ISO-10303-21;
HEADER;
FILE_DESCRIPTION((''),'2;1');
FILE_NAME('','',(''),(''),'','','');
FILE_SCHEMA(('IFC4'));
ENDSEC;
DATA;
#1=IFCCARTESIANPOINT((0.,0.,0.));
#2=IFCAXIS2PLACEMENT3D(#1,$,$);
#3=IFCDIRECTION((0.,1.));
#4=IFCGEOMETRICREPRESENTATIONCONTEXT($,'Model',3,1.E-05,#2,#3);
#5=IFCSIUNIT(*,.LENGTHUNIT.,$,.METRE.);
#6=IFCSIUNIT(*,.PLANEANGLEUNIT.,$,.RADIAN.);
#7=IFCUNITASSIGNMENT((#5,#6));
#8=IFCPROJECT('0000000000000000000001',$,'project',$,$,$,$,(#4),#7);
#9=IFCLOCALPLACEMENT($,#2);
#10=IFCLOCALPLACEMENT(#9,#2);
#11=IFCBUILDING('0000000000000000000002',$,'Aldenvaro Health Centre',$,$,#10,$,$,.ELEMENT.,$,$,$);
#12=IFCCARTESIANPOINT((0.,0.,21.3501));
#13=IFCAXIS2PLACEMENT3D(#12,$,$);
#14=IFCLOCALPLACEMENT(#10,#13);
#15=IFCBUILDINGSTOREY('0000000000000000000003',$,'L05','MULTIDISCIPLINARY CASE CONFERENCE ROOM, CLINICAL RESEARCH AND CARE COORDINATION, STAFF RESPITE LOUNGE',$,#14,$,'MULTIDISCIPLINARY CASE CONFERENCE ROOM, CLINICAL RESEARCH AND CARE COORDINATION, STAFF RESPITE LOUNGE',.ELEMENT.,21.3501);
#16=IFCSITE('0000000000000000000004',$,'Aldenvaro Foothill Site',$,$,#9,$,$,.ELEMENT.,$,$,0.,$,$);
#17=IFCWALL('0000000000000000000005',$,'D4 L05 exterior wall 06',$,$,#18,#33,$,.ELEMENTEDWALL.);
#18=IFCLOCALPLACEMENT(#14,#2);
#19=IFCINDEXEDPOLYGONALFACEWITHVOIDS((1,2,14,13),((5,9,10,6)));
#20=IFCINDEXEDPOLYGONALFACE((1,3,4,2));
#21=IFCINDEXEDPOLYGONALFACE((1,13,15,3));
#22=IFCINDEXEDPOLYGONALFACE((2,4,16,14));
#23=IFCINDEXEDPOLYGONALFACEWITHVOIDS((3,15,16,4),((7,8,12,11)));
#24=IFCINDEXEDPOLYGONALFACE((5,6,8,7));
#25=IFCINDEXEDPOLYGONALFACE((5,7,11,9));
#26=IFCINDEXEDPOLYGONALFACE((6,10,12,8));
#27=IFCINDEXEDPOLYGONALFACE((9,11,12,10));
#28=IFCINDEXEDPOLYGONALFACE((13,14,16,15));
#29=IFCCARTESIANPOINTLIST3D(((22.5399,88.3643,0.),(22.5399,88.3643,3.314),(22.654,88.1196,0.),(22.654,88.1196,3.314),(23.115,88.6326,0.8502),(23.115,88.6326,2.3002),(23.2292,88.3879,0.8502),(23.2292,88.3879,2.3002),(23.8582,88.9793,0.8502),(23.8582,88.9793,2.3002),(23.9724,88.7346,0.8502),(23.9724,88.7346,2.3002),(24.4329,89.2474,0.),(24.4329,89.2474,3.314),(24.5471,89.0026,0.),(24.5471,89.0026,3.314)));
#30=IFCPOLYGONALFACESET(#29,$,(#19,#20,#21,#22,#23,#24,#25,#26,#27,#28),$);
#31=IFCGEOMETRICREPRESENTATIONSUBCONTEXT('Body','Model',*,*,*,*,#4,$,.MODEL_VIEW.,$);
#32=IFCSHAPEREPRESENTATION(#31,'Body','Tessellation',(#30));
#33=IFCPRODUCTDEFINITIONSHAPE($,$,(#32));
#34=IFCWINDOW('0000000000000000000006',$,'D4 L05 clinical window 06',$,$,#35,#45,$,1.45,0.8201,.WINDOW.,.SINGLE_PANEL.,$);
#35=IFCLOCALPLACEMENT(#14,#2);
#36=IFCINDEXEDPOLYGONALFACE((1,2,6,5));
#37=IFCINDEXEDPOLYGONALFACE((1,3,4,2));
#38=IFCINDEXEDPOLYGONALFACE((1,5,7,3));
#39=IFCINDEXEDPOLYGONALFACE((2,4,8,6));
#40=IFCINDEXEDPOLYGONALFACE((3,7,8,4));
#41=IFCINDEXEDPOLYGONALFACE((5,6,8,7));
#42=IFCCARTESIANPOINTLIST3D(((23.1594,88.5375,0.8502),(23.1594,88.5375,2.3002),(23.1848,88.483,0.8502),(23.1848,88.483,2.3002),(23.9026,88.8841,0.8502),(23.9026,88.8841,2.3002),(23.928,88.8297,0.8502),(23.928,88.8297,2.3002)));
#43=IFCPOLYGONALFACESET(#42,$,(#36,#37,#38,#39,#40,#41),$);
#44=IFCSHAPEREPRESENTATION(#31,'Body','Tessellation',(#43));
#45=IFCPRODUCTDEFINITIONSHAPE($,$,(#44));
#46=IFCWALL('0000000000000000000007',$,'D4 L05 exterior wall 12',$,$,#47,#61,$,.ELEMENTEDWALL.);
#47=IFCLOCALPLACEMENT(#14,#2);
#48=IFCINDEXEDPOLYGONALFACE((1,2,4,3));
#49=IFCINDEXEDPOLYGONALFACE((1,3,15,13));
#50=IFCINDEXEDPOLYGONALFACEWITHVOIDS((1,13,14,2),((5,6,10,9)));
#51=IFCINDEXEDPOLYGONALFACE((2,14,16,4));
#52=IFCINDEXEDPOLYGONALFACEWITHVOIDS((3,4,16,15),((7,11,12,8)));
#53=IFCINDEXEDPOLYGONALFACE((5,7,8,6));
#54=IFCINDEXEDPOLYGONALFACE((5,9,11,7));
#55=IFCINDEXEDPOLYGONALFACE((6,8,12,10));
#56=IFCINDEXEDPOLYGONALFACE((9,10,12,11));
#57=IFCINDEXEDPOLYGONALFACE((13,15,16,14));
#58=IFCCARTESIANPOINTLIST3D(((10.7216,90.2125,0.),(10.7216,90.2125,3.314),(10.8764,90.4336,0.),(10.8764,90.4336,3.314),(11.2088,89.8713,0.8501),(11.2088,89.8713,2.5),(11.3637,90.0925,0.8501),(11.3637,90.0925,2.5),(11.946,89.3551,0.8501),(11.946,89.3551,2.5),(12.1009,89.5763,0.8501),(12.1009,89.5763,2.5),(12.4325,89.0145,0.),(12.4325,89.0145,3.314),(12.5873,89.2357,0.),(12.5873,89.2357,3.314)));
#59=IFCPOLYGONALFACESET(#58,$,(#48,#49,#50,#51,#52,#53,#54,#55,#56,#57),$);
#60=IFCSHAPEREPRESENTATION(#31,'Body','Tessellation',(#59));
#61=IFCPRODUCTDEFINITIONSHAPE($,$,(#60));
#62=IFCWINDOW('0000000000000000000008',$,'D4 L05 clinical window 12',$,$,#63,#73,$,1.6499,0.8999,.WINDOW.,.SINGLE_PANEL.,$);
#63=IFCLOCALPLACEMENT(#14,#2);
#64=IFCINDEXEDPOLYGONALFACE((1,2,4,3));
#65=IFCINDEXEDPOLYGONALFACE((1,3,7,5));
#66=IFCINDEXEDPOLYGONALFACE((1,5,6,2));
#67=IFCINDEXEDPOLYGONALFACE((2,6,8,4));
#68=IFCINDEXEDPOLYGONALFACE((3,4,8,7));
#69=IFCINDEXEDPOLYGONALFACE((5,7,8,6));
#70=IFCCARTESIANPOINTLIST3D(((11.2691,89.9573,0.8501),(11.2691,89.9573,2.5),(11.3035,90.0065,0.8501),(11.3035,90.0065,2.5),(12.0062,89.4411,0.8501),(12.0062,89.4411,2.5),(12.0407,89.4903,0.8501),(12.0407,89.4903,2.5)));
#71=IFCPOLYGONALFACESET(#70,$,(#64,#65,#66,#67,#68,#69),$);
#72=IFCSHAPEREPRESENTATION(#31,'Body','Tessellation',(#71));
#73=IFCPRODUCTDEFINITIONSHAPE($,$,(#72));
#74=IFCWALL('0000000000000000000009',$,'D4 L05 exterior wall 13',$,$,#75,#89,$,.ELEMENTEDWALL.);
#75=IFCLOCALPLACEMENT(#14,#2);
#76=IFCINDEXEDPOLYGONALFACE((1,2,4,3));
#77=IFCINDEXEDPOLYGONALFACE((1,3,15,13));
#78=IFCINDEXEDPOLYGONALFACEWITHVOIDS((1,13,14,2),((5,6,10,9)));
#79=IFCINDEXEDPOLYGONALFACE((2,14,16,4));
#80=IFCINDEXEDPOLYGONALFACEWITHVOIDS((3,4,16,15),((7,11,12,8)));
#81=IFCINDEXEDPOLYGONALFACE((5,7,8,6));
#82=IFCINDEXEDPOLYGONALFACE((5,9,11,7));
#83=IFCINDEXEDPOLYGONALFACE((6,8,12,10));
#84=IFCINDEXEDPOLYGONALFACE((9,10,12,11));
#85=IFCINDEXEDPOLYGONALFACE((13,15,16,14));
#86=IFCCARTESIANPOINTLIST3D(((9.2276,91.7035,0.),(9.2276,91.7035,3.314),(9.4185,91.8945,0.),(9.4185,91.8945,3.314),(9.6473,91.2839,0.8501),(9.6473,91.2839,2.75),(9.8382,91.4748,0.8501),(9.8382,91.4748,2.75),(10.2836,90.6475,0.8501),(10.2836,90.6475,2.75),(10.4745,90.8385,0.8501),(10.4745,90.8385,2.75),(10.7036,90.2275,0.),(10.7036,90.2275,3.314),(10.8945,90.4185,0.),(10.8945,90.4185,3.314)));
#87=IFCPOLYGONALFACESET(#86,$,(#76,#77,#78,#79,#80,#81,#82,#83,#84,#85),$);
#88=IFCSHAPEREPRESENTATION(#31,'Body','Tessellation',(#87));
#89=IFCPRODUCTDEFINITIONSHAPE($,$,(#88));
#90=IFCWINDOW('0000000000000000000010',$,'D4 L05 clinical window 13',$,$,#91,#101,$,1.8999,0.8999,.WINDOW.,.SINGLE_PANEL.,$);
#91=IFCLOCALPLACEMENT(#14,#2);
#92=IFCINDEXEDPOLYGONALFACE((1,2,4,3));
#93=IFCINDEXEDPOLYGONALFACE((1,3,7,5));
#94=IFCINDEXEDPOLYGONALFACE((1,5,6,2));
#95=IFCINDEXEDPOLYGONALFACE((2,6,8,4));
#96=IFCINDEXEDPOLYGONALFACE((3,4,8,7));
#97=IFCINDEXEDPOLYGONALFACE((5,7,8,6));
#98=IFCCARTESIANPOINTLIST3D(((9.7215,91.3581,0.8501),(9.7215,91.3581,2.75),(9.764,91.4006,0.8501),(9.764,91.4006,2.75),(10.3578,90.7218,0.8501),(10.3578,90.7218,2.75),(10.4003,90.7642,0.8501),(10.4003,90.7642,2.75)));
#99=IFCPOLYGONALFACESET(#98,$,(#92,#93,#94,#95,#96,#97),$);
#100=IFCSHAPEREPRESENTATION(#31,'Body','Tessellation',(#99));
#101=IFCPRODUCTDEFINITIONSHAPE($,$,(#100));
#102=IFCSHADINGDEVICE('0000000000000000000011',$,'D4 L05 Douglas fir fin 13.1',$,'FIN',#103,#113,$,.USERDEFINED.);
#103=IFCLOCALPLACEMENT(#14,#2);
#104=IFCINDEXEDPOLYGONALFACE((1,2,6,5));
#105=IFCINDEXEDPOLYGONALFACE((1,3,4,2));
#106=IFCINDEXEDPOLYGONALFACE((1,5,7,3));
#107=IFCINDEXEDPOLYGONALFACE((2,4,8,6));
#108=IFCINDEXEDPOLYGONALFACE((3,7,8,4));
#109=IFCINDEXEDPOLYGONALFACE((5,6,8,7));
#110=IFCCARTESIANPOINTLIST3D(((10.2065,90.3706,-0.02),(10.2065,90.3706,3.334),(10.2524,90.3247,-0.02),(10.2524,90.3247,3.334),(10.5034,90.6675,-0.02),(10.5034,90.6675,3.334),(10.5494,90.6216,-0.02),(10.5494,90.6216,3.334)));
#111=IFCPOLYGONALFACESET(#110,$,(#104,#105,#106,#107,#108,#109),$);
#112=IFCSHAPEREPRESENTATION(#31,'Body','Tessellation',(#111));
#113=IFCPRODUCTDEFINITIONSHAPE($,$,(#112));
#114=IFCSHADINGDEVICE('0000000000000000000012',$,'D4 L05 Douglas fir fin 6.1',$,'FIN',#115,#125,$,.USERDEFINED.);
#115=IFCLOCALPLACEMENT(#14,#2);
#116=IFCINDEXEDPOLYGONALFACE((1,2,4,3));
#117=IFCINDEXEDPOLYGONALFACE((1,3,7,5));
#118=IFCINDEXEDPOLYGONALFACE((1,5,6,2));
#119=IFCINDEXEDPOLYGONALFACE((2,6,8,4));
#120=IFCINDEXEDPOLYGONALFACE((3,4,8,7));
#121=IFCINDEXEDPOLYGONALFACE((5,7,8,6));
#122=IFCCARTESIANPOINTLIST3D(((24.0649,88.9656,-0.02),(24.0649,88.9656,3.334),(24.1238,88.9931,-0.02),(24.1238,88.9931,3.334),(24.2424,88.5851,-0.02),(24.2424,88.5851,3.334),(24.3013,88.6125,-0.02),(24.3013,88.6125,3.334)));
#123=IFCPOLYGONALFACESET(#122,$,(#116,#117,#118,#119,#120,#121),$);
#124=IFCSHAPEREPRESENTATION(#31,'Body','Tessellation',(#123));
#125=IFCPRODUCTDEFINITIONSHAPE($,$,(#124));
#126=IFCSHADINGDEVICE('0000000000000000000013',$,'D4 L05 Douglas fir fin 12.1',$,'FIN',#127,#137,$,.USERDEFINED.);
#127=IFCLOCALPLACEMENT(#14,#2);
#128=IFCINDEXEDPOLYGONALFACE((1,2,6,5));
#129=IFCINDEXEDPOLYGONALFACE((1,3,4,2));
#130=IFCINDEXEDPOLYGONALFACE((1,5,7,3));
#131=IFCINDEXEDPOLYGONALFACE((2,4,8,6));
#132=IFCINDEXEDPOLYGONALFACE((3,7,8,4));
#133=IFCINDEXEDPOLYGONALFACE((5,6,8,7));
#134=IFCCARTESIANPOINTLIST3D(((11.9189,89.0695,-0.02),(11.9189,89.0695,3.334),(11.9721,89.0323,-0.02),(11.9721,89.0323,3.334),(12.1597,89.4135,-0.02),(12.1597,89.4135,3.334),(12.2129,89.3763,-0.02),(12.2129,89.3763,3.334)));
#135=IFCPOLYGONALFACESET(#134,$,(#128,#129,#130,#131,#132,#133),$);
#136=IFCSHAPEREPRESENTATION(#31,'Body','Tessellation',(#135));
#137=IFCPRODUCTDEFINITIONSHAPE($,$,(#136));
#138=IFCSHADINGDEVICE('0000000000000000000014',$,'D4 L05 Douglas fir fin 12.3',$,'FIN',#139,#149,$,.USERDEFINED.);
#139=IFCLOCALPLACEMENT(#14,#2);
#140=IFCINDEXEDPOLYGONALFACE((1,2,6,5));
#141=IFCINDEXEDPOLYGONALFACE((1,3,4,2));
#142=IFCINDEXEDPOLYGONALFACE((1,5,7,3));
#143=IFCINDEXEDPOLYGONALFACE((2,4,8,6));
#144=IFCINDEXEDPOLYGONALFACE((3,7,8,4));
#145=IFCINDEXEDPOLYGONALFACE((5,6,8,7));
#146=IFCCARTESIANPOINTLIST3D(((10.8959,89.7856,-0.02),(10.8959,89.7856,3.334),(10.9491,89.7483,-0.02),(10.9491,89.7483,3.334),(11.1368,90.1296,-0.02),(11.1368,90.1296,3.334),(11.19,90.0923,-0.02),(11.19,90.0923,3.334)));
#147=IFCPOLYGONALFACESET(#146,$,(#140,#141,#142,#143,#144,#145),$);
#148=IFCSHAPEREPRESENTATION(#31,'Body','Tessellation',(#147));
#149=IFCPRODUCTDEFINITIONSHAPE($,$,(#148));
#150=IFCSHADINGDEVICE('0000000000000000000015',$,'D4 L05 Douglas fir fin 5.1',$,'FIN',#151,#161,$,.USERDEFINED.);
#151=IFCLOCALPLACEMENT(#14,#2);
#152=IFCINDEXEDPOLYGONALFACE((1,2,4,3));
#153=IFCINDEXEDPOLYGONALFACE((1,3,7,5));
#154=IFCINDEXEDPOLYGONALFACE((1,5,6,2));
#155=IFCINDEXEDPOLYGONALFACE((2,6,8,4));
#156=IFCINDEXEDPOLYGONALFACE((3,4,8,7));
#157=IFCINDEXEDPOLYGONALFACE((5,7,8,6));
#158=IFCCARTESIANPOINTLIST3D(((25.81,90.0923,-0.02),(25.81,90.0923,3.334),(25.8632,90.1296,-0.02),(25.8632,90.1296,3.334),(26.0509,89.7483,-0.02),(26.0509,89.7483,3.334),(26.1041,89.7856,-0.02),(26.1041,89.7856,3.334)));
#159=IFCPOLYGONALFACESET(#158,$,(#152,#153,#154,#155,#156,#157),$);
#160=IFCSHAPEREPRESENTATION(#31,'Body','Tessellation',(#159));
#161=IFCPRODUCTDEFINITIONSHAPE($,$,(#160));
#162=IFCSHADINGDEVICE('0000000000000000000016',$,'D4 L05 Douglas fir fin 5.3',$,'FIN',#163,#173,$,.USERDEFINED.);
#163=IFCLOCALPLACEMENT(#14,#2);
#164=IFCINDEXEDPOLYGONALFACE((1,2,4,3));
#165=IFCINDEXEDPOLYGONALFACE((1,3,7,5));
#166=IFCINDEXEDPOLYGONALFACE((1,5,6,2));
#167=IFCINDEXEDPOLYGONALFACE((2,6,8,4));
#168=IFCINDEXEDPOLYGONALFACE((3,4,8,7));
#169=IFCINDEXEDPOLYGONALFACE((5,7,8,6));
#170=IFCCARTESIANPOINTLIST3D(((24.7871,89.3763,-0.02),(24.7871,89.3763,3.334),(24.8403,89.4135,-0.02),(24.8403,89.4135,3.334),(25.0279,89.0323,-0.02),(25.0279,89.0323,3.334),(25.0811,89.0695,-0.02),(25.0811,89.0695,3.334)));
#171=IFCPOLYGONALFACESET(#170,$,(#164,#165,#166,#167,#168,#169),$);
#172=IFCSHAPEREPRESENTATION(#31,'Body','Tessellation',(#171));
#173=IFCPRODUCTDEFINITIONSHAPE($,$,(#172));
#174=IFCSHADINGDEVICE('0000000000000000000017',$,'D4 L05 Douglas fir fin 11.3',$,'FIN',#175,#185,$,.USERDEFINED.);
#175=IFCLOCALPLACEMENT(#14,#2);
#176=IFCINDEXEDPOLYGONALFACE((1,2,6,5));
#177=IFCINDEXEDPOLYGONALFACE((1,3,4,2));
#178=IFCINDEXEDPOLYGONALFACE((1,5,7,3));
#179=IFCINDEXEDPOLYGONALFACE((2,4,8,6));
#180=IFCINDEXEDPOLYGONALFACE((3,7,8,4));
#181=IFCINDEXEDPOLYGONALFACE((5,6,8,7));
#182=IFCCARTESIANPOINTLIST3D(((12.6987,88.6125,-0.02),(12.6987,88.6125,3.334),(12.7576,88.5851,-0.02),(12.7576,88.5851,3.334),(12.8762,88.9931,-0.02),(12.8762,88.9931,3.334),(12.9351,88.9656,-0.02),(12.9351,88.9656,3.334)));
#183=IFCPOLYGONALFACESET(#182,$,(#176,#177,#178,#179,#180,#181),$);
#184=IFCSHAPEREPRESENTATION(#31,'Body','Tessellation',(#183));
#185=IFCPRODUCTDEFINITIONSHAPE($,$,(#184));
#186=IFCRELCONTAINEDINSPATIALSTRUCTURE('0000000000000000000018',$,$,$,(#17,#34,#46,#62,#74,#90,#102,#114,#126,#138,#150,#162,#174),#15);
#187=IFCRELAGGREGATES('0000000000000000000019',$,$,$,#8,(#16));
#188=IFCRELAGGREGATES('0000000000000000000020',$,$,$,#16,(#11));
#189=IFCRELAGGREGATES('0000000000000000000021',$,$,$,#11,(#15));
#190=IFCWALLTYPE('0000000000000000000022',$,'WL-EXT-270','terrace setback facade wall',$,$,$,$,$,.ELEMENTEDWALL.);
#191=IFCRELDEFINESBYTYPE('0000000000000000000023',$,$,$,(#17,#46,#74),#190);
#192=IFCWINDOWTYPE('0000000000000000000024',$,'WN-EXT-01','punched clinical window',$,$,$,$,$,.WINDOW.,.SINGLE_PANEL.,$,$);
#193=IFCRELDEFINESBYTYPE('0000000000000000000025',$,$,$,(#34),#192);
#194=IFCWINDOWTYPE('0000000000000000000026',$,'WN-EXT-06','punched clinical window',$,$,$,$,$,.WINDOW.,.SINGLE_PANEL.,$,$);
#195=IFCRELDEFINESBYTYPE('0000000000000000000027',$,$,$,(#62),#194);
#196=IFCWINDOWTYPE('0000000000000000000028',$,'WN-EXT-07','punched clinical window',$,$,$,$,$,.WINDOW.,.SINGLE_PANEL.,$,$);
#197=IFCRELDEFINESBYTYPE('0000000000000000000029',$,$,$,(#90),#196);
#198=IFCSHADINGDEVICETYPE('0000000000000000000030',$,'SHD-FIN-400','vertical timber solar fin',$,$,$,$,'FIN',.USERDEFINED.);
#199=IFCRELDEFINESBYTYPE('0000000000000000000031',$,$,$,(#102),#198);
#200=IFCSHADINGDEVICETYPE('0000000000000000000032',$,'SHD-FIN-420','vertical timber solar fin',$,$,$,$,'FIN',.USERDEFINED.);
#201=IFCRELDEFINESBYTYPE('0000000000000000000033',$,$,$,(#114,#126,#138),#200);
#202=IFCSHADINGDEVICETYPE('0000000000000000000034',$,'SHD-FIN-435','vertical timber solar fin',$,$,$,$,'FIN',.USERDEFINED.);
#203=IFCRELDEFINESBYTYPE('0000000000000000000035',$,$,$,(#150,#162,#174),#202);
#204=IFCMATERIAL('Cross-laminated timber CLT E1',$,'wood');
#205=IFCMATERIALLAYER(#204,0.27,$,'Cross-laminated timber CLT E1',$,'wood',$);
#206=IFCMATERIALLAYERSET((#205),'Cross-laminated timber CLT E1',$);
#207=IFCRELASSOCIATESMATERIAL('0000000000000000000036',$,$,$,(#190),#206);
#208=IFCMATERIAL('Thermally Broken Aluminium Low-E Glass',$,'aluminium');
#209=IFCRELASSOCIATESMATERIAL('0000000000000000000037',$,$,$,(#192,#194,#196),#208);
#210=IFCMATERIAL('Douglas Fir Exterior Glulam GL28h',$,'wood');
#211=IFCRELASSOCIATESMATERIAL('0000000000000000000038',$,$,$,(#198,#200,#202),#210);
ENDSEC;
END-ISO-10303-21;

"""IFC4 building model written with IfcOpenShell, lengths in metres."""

from ifc_helpers import new_model, si_unit, direction, frame, frame_2d, origin, origin_2d, place, context, subcontext, project, spatial, rectangle, extrude, material, layer, layer_set, type_object, element, fill, save


model = new_model("IFC4")

# Units and contexts
model_context = context("Model", 3, precision=1e-05, world=origin(), true_north=direction((0.0, 1.0)))
body_context = subcontext(model_context, "Body", "Model", "MODEL_VIEW")
ifc_project = project(units=[si_unit("LENGTHUNIT", "METRE"), si_unit("PLANEANGLEUNIT", "RADIAN")], contexts=[model_context])

# Site, building, storey
site_placement = place(None, origin())
site = spatial("IfcSite", under=ifc_project, at=site_placement, Name="Aldenvaro Foothill Site", CompositionType="ELEMENT", RefElevation=0.0)
building_placement = place(site_placement, origin())
building = spatial("IfcBuilding", under=site, at=building_placement, Name="Aldenvaro Health Centre", CompositionType="ELEMENT")
storey_placement = place(building_placement, frame((0.0, 0.0, 21.3501)))
storey = spatial("IfcBuildingStorey", under=building, at=storey_placement, Name="L05", Description="MULTIDISCIPLINARY CASE CONFERENCE ROOM, CLINICAL RESEARCH AND CARE COORDINATION, STAFF RESPITE LOUNGE", LongName="MULTIDISCIPLINARY CASE CONFERENCE ROOM, CLINICAL RESEARCH AND CARE COORDINATION, STAFF RESPITE LOUNGE", CompositionType="ELEMENT", Elevation=21.3501)

# Walls, openings, windows
ifc_material_1 = material(Name="Cross-laminated timber CLT E1", Category="wood")
ifc_layer = layer(ifc_material_1, 0.27, Name="Cross-laminated timber CLT E1", Category="wood")
ifc_layer_set = layer_set([ifc_layer], Name="Cross-laminated timber CLT E1")
wall_type = type_object("IfcWallType", Name="WL-EXT-270", Description="terrace setback facade wall", PredefinedType="ELEMENTEDWALL", material=ifc_layer_set)
ifc_material_2 = material(Name="Thermally Broken Aluminium Low-E Glass", Category="aluminium")
window_type_1 = type_object("IfcWindowType", Name="WN-EXT-01", Description="punched clinical window", PartitioningType="SINGLE_PANEL", PredefinedType="WINDOW", material=ifc_material_2)
wall_1_placement = place(storey_placement, frame((24.49, 89.125, 0.0), z_axis=(0.0, 0.0, 1.0), x_axis=(-0.906252, -0.422738, 0.0)))
wall_1 = element("IfcWall", 1, at=wall_1_placement, inside=storey, type_object=wall_type, Name="D4 L05 exterior wall 06", PredefinedType="ELEMENTEDWALL", context=body_context, shape_type="SweptSolid", body=[
    extrude(rectangle(XDim=2.0889, YDim=0.27, at=frame_2d((1.0444, 0.0))), origin(), (0.0, 0.0, 1.0), 3.314),
])
opening_1_placement = place(wall_1_placement, frame((0.634, 0.0, 0.8501)))
opening_1 = element("IfcOpeningElement", 2, at=opening_1_placement, cuts=wall_1, PredefinedType="OPENING", context=body_context, shape_type="SweptSolid", body=[
    extrude(rectangle(XDim=0.8201, YDim=1.45, at=frame_2d((0.4102, 0.7251))), frame((0.0, 0.145, 0.0), z_axis=(0.0, -1.0, 0.0), x_axis=(1.0, 0.0, 0.0)), (0.0, 0.0, 1.0), 0.29),
])
window_1_placement = place(opening_1_placement, origin())
window_1 = element("IfcWindow", 3, at=window_1_placement, inside=storey, type_object=window_type_1, Name="D4 L05 clinical window 06", OverallHeight=1.45, OverallWidth=0.8201, PartitioningType="SINGLE_PANEL", PredefinedType="WINDOW", context=body_context, shape_type="SweptSolid", body=[
    extrude(rectangle(XDim=0.8201, YDim=1.45, at=frame_2d((0.4102, 0.7251))), frame((0.0, 0.03, 0.0), z_axis=(0.0, -1.0, 0.0), x_axis=(1.0, 0.0, 0.0)), (0.0, 0.0, 1.0), 0.0601),
])
fill(opening_1, window_1)
wall_2_placement = place(storey_placement, frame((12.51, 89.125, 0.0), z_axis=(0.0, 0.0, 1.0), x_axis=(-0.819155, 0.573572, 0.0)))
wall_2 = element("IfcWall", 4, at=wall_2_placement, inside=storey, type_object=wall_type, Name="D4 L05 exterior wall 12", PredefinedType="ELEMENTEDWALL", context=body_context, shape_type="SweptSolid", body=[
    extrude(rectangle(XDim=2.0886, YDim=0.27, at=frame_2d((1.0444, 0.0))), origin(), (0.0, 0.0, 1.0), 3.314),
])
opening_2_placement = place(wall_2_placement, frame((0.594, 0.0, 0.8501)))
opening_2 = element("IfcOpeningElement", 5, at=opening_2_placement, cuts=wall_2, PredefinedType="OPENING", context=body_context, shape_type="SweptSolid", body=[
    extrude(rectangle(XDim=0.8999, YDim=1.6499, at=frame_2d((0.45, 0.825))), frame((0.0, 0.145, 0.0), z_axis=(0.0, -1.0, 0.0), x_axis=(1.0, 0.0, 0.0)), (0.0, 0.0, 1.0), 0.29),
])
window_type_2 = type_object("IfcWindowType", Name="WN-EXT-06", Description="punched clinical window", PartitioningType="SINGLE_PANEL", PredefinedType="WINDOW", material=ifc_material_2)
window_2_placement = place(opening_2_placement, origin())
window_2 = element("IfcWindow", 6, at=window_2_placement, inside=storey, type_object=window_type_2, Name="D4 L05 clinical window 12", OverallHeight=1.6499, OverallWidth=0.8999, PartitioningType="SINGLE_PANEL", PredefinedType="WINDOW", context=body_context, shape_type="SweptSolid", body=[
    extrude(rectangle(XDim=0.8999, YDim=1.6499, at=frame_2d((0.45, 0.825))), frame((0.0, 0.03, 0.0), z_axis=(0.0, -1.0, 0.0), x_axis=(1.0, 0.0, 0.0)), (0.0, 0.0, 1.0), 0.0601),
])
fill(opening_2, window_2)
wall_3_placement = place(storey_placement, frame((10.7991, 90.323, 0.0), z_axis=(0.0, 0.0, 1.0), x_axis=(-0.707107, 0.707107, 0.0)))
wall_3 = element("IfcWall", 7, at=wall_3_placement, inside=storey, type_object=wall_type, Name="D4 L05 exterior wall 13", PredefinedType="ELEMENTEDWALL", context=body_context, shape_type="SweptSolid", body=[
    extrude(rectangle(XDim=2.0874, YDim=0.27, at=frame_2d((1.0437, 0.0))), origin(), (0.0, 0.0, 1.0), 3.314),
])
opening_3_placement = place(wall_3_placement, frame((0.594, 0.0, 0.8501)))
opening_3 = element("IfcOpeningElement", 8, at=opening_3_placement, cuts=wall_3, PredefinedType="OPENING", context=body_context, shape_type="SweptSolid", body=[
    extrude(rectangle(XDim=0.8999, YDim=1.8999, at=frame_2d((0.45, 0.95))), frame((0.0, 0.145, 0.0), z_axis=(0.0, -1.0, 0.0), x_axis=(1.0, 0.0, 0.0)), (0.0, 0.0, 1.0), 0.29),
])
window_type_3 = type_object("IfcWindowType", Name="WN-EXT-07", Description="punched clinical window", PartitioningType="SINGLE_PANEL", PredefinedType="WINDOW", material=ifc_material_2)
window_3_placement = place(opening_3_placement, origin())
window_3 = element("IfcWindow", 9, at=window_3_placement, inside=storey, type_object=window_type_3, Name="D4 L05 clinical window 13", OverallHeight=1.8999, OverallWidth=0.8999, PartitioningType="SINGLE_PANEL", PredefinedType="WINDOW", context=body_context, shape_type="SweptSolid", body=[
    extrude(rectangle(XDim=0.8999, YDim=1.8999, at=frame_2d((0.45, 0.95))), frame((0.0, 0.03, 0.0), z_axis=(0.0, -1.0, 0.0), x_axis=(1.0, 0.0, 0.0)), (0.0, 0.0, 1.0), 0.0601),
])
fill(opening_3, window_3)

# Shading devices
ifc_material_3 = material(Name="Douglas Fir Exterior Glulam GL28h", Category="wood")
shading_device_type_1 = type_object("IfcShadingDeviceType", Name="SHD-FIN-400", Description="vertical timber solar fin", ElementType="FIN", PredefinedType="USERDEFINED", material=ifc_material_3)
shading_device_1_placement = place(storey_placement, frame((10.3779, 90.4961, -0.02), z_axis=(0.0, 0.0, 1.0), x_axis=(-0.707107, 0.707107, 0.0)))
element("IfcShadingDevice", 10, at=shading_device_1_placement, inside=storey, type_object=shading_device_type_1, Name="D4 L05 Douglas fir fin 13.1", ObjectType="FIN", PredefinedType="USERDEFINED", context=body_context, shape_type="SweptSolid", body=[
    extrude(rectangle(XDim=0.0649, YDim=0.4199, at=origin_2d()), origin(), (0.0, 0.0, 1.0), 3.354),
])
shading_device_type_2 = type_object("IfcShadingDeviceType", Name="SHD-FIN-420", Description="vertical timber solar fin", ElementType="FIN", PredefinedType="USERDEFINED", material=ifc_material_3)
for number, where, z_axis, x_axis, name in (
    (11, (24.1831, 88.7891, -0.02), (0.0, 0.0, 1.0), (-0.906257, -0.422728, 0.0), "D4 L05 Douglas fir fin 6.1"),
    (12, (12.0659, 89.2229, -0.02), (0.0, 0.0, 1.0), (-0.819164, 0.573559, 0.0), "D4 L05 Douglas fir fin 12.1"),
    (13, (11.043, 89.939, -0.02), (0.0, 0.0, 1.0), (-0.819164, 0.573559, 0.0), "D4 L05 Douglas fir fin 12.3"),
):
    element("IfcShadingDevice", number, at=place(storey_placement, frame(where, z_axis=z_axis, x_axis=x_axis)), inside=storey, type_object=shading_device_type_2, Name=name, ObjectType="FIN", PredefinedType="USERDEFINED", context=body_context, shape_type="SweptSolid", body=[
        extrude(rectangle(XDim=0.0649, YDim=0.4199, at=origin_2d()), origin(), (0.0, 0.0, 1.0), 3.354),
    ])
shading_device_type_3 = type_object("IfcShadingDeviceType", Name="SHD-FIN-435", Description="vertical timber solar fin", ElementType="FIN", PredefinedType="USERDEFINED", material=ifc_material_3)
for number, where, z_axis, x_axis, name in (
    (14, (25.957, 89.939, -0.02), (0.0, 0.0, 1.0), (-0.819164, -0.573559, 0.0), "D4 L05 Douglas fir fin 5.1"),
    (15, (24.9341, 89.2229, -0.02), (0.0, 0.0, 1.0), (-0.819164, -0.573559, 0.0), "D4 L05 Douglas fir fin 5.3"),
    (16, (12.8169, 88.7891, -0.02), (0.0, 0.0, 1.0), (-0.906257, 0.422728, 0.0), "D4 L05 Douglas fir fin 11.3"),
):
    element("IfcShadingDevice", number, at=place(storey_placement, frame(where, z_axis=z_axis, x_axis=x_axis)), inside=storey, type_object=shading_device_type_3, Name=name, ObjectType="FIN", PredefinedType="USERDEFINED", context=body_context, shape_type="SweptSolid", body=[
        extrude(rectangle(XDim=0.0649, YDim=0.4199, at=origin_2d()), origin(), (0.0, 0.0, 1.0), 3.354),
    ])

save(model, "model.ifc")
